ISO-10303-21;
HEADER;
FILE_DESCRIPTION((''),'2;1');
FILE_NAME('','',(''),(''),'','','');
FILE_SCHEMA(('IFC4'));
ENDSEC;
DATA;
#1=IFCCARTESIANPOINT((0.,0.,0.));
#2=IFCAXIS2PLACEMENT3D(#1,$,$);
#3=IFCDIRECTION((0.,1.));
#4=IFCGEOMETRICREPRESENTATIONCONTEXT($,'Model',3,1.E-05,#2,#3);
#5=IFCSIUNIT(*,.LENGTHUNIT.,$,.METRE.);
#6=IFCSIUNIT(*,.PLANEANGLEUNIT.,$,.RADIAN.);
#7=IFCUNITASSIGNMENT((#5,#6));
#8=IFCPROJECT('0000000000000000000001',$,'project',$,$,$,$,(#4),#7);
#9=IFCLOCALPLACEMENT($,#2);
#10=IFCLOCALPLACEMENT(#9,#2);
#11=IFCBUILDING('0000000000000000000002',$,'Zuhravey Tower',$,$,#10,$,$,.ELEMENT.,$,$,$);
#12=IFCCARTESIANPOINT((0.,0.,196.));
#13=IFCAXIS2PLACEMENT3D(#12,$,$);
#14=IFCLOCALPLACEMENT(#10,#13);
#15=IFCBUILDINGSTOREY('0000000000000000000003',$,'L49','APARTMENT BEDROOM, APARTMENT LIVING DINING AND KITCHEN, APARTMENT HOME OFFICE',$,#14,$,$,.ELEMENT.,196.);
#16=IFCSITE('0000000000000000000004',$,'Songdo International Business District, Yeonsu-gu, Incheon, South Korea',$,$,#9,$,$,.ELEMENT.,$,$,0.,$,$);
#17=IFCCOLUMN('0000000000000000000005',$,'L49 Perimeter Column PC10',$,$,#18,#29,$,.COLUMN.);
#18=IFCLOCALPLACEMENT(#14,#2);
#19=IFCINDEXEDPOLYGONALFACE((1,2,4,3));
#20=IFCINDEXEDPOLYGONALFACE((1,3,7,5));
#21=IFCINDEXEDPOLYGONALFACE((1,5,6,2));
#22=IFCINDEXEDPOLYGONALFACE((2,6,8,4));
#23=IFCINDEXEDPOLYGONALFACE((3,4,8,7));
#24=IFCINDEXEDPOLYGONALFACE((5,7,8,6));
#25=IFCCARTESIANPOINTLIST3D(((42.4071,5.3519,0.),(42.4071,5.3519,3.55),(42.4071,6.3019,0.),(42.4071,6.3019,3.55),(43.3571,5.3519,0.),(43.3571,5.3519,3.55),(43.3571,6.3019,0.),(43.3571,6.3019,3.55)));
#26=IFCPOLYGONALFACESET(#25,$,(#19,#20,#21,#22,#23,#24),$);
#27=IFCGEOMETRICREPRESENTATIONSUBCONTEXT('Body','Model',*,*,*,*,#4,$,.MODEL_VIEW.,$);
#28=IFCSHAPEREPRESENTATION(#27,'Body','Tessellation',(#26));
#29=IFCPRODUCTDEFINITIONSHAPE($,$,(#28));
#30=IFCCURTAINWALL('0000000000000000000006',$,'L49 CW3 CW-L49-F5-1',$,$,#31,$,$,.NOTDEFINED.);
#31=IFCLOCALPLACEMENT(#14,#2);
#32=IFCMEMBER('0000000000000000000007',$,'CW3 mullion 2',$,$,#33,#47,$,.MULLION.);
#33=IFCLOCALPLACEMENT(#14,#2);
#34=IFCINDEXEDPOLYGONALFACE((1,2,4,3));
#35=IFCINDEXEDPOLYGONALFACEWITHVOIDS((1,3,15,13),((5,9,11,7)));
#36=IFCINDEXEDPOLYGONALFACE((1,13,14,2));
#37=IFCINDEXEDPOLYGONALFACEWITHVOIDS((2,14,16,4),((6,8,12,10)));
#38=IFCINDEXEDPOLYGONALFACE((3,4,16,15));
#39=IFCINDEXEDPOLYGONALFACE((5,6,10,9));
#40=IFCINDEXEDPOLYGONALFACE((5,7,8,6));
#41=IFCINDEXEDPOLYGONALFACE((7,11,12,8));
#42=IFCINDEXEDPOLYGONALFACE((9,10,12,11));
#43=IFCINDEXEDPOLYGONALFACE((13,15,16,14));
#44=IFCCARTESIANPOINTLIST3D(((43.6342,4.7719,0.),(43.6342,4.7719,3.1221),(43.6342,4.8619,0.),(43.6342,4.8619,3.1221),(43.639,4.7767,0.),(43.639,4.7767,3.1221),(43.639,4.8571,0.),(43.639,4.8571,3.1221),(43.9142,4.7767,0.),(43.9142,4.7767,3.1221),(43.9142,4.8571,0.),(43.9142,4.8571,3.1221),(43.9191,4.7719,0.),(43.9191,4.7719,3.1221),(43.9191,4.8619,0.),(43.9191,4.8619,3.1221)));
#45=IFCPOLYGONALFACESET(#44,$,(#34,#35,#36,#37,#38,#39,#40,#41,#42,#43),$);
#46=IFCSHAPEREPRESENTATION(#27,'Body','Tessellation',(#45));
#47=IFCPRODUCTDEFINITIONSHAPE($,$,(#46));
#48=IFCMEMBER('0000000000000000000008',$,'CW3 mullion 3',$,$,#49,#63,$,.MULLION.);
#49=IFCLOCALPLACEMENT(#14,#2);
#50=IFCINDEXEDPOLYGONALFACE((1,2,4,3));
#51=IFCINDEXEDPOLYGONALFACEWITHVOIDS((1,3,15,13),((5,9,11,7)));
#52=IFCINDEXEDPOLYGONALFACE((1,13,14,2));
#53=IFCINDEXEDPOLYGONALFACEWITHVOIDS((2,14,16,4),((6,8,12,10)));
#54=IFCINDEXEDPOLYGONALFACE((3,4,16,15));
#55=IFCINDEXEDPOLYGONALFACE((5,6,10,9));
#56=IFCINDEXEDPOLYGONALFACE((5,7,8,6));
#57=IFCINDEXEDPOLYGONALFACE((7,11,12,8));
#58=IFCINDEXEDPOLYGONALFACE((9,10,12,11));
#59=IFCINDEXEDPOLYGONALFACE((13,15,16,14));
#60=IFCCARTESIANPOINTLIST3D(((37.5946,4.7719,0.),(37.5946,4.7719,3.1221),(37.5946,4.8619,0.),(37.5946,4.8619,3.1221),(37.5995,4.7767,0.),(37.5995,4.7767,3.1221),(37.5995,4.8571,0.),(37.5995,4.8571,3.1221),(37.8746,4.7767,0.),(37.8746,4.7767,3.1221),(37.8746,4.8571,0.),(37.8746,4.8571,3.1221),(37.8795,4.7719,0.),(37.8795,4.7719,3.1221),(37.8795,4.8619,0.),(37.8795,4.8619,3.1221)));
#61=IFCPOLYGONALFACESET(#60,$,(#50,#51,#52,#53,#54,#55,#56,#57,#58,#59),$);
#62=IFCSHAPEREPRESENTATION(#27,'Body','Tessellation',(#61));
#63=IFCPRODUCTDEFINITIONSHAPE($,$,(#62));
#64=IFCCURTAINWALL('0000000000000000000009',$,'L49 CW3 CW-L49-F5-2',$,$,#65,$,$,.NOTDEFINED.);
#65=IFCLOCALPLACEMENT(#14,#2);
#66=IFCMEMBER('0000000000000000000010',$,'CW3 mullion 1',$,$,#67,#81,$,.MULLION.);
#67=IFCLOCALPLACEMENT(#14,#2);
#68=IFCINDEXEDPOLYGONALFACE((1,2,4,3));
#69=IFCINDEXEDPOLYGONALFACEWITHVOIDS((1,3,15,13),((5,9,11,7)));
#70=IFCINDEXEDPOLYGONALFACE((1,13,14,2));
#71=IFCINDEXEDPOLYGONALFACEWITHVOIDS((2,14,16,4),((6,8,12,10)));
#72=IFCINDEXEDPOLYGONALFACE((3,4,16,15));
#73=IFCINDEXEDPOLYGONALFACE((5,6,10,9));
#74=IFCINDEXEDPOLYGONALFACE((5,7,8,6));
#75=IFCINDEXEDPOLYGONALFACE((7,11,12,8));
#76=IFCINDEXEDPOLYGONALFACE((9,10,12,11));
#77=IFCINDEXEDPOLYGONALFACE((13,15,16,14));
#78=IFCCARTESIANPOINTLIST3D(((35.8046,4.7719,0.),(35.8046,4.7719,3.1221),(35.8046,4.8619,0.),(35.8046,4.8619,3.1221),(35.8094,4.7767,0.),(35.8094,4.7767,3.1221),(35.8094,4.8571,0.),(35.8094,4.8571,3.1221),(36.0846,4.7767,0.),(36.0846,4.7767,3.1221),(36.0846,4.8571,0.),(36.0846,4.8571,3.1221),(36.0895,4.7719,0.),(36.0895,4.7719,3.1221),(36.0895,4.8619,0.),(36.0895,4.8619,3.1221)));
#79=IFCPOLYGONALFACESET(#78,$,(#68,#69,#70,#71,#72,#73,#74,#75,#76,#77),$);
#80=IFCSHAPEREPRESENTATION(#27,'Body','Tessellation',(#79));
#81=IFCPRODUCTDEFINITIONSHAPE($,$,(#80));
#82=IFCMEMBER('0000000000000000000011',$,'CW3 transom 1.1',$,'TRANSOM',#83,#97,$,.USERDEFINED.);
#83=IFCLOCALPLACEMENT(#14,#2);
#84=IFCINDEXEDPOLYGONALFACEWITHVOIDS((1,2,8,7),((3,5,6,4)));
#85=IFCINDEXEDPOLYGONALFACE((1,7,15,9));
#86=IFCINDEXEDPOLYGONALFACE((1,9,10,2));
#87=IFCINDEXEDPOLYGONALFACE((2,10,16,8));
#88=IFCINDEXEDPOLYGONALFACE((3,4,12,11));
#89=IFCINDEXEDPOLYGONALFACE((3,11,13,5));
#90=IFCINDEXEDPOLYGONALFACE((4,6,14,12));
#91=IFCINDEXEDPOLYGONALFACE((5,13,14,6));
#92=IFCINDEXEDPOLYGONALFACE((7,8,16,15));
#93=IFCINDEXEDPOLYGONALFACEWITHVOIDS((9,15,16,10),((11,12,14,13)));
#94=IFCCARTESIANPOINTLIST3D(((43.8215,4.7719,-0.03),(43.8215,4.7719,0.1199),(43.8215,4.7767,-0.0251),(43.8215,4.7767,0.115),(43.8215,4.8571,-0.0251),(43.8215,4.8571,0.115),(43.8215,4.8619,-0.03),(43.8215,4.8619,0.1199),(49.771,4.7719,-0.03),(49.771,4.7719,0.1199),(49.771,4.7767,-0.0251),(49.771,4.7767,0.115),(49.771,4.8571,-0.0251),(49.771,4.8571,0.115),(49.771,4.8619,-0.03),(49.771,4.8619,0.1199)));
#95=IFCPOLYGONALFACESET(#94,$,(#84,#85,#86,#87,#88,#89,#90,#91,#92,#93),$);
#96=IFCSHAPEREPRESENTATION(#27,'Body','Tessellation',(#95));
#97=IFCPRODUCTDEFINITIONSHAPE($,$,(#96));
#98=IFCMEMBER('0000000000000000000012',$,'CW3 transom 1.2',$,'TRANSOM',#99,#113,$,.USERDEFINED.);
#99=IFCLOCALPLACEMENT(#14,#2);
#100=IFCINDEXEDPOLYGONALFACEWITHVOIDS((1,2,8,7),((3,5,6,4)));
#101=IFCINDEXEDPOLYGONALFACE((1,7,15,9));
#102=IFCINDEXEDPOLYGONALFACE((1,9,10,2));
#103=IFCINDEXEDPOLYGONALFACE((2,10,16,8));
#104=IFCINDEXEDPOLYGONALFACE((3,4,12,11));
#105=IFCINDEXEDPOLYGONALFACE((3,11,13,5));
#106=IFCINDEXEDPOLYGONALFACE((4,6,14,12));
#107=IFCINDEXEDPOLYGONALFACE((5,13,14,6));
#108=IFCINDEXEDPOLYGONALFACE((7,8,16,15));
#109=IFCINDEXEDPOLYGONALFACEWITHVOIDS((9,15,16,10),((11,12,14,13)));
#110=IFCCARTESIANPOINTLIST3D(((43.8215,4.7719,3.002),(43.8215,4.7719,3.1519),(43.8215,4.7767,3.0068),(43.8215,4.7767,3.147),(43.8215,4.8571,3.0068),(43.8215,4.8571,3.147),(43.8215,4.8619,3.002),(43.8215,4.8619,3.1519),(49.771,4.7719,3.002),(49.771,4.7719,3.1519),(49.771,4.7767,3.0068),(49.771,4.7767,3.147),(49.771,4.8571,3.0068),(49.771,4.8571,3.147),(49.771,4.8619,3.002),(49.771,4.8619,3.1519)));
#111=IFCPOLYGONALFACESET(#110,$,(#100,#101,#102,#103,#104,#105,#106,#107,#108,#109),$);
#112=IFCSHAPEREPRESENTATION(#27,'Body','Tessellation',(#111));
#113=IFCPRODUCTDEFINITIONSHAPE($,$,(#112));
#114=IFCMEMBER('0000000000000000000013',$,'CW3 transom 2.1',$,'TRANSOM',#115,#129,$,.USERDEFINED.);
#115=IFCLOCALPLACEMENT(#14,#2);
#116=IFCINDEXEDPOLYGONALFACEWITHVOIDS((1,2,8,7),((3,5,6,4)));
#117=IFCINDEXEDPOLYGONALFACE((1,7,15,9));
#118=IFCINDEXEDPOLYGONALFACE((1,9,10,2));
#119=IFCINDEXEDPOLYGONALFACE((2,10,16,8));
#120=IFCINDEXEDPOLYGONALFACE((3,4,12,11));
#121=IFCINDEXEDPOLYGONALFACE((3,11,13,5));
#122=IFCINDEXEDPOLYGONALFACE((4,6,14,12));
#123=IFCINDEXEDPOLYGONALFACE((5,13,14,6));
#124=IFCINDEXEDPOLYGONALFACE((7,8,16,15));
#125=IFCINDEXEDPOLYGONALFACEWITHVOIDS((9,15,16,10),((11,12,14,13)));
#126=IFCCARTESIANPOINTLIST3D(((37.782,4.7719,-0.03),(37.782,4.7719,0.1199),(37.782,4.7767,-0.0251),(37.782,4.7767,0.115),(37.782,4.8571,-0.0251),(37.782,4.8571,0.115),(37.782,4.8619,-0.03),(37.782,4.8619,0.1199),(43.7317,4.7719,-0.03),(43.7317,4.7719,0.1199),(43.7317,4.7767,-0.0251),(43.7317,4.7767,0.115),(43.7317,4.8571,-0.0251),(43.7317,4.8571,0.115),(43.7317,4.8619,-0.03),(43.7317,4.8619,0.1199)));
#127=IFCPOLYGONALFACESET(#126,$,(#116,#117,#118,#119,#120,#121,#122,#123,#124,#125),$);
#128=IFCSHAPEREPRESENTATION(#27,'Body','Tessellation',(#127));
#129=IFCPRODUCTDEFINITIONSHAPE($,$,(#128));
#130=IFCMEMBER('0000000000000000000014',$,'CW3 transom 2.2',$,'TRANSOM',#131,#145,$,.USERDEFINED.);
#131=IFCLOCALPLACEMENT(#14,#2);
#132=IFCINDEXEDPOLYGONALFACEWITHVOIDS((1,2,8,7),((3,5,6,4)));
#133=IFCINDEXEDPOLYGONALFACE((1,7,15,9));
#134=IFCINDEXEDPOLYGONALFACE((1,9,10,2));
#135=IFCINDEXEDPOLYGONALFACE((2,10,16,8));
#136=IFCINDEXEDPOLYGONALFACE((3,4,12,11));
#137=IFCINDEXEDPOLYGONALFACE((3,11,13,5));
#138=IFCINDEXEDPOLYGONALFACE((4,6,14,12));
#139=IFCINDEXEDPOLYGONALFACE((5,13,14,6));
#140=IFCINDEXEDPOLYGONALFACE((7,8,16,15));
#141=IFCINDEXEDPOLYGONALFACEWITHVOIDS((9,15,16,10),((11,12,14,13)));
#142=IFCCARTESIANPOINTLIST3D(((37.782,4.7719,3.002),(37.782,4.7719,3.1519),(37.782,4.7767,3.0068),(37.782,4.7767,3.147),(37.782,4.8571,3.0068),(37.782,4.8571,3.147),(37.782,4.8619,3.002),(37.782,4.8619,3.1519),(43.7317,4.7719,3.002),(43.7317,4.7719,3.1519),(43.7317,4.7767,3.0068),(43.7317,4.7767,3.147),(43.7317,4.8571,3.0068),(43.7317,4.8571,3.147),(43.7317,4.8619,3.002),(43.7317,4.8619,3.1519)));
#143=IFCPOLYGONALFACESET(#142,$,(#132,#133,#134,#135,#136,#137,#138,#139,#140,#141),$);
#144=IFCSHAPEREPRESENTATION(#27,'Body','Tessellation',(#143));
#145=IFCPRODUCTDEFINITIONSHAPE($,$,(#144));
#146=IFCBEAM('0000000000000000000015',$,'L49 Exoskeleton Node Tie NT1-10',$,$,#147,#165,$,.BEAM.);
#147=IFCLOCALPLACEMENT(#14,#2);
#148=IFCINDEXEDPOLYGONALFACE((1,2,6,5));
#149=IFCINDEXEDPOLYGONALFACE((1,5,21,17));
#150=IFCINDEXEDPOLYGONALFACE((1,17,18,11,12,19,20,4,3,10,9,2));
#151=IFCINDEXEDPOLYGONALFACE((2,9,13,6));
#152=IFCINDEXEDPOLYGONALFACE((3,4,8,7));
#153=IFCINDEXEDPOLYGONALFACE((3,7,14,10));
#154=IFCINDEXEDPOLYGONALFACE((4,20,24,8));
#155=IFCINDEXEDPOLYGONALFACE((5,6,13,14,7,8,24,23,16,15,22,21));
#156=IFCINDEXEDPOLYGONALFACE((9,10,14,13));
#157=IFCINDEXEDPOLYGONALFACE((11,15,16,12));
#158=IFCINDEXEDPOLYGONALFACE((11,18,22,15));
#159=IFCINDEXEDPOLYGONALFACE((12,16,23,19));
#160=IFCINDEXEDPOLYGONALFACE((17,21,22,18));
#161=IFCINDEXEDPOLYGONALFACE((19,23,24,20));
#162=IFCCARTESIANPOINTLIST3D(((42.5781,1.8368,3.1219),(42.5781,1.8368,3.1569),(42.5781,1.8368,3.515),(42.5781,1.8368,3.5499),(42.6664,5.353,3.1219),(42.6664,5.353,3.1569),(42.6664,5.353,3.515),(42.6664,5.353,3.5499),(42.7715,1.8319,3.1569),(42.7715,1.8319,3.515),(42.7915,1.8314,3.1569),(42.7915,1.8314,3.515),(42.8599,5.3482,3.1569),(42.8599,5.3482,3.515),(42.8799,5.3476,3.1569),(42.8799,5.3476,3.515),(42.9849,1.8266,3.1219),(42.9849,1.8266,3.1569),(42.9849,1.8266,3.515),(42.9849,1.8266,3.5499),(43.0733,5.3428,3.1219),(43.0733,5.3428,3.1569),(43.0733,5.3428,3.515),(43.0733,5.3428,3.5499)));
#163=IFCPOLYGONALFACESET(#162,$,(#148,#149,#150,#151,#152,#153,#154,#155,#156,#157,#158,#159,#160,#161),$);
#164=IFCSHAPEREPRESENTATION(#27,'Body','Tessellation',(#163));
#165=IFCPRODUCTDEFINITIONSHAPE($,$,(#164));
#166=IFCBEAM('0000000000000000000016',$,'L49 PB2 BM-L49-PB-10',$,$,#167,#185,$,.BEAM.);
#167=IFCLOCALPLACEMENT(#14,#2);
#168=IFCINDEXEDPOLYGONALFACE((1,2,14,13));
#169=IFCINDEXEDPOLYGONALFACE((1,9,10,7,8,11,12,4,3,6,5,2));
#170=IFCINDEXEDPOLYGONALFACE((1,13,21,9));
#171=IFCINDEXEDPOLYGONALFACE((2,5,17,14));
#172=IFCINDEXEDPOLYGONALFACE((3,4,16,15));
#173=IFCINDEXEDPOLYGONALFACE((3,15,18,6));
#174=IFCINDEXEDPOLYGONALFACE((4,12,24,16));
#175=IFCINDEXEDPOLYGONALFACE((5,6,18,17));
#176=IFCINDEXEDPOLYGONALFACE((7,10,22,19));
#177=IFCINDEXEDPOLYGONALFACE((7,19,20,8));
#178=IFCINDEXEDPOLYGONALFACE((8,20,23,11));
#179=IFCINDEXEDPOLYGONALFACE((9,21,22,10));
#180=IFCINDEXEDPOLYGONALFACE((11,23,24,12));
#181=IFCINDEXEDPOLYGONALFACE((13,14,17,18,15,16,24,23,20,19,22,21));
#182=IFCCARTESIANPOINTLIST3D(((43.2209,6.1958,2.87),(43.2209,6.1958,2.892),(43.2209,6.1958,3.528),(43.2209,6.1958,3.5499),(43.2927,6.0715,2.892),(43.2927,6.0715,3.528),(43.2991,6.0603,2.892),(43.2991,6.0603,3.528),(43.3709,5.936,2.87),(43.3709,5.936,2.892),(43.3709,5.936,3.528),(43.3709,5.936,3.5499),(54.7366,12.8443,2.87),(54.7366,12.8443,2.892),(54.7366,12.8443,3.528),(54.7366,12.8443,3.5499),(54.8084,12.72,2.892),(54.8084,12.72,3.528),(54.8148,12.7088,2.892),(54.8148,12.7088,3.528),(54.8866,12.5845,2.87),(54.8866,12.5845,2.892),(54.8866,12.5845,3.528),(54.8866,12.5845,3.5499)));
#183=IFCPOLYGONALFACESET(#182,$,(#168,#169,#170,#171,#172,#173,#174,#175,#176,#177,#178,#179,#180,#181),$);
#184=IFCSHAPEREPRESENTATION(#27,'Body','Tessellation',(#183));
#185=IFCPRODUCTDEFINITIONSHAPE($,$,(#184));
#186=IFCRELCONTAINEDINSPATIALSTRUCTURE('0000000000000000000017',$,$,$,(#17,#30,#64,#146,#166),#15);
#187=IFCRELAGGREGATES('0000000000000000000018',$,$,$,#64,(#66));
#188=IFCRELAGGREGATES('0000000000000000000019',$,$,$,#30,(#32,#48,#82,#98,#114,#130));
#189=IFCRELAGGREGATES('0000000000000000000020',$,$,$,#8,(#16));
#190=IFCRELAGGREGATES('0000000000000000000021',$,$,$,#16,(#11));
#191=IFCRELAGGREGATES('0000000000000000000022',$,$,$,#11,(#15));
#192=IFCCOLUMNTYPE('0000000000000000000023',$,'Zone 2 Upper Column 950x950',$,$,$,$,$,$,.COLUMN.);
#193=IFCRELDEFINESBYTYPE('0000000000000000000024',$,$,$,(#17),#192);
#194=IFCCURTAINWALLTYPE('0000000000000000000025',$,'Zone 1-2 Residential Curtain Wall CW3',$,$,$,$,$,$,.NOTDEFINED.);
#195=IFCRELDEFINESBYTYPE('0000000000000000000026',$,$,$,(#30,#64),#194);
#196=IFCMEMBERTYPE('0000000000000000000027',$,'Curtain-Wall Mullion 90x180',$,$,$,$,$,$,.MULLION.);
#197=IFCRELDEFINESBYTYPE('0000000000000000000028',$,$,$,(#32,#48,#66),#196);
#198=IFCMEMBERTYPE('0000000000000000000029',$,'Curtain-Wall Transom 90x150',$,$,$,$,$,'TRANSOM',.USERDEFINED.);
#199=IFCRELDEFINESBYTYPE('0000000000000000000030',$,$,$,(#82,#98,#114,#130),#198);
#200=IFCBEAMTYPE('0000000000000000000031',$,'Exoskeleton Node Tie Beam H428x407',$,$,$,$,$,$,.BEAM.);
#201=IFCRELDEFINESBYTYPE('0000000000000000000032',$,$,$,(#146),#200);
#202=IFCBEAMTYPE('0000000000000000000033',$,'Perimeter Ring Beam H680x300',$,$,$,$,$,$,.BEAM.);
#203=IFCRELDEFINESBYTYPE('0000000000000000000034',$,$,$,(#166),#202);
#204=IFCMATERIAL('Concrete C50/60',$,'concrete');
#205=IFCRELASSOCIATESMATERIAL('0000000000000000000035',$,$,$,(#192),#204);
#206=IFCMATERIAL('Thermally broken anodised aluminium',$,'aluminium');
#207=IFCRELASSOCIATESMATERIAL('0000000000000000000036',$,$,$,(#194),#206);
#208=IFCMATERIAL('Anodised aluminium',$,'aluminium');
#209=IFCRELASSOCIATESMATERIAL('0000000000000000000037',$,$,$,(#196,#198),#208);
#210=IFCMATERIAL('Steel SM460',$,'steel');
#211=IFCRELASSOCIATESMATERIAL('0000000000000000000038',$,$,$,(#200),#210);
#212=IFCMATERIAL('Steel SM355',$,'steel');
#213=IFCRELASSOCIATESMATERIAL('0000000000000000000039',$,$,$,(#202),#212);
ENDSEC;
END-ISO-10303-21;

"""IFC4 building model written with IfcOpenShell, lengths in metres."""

from ifc_helpers import new_model, si_unit, direction, frame, origin, origin_2d, place, context, subcontext, project, spatial, rectangle, hollow_rectangle, i_section, extrude, material, material_profile, profile_set, type_object, element, aggregate, save


model = new_model("IFC4")

# Units and contexts
model_context = context("Model", 3, precision=1e-05, world=origin(), true_north=direction((0.0, 1.0)))
body_context = subcontext(model_context, "Body", "Model", "MODEL_VIEW")
ifc_project = project(units=[si_unit("LENGTHUNIT", "METRE"), si_unit("PLANEANGLEUNIT", "RADIAN")], contexts=[model_context])

# Site, building, storey
site_placement = place(None, origin())
site = spatial("IfcSite", under=ifc_project, at=site_placement, Name="Songdo International Business District, Yeonsu-gu, Incheon, South Korea", CompositionType="ELEMENT", RefElevation=0.0)
building_placement = place(site_placement, origin())
building = spatial("IfcBuilding", under=site, at=building_placement, Name="Zuhravey Tower", CompositionType="ELEMENT")
storey_placement = place(building_placement, frame((0.0, 0.0, 196.0)))
storey = spatial("IfcBuildingStorey", under=building, at=storey_placement, Name="L49", Description="APARTMENT BEDROOM, APARTMENT LIVING DINING AND KITCHEN, APARTMENT HOME OFFICE", CompositionType="ELEMENT", Elevation=196.0)

# Column
ifc_material_1 = material(Name="Concrete C50/60", Category="concrete")
ifc_material_profile_1 = material_profile(ifc_material_1, rectangle(XDim=0.95, YDim=0.95, at=origin_2d()), Name="RC-950x950")
ifc_profile_set_1 = profile_set([ifc_material_profile_1], Name="Concrete C50/60")
column_type = type_object("IfcColumnType", Name="Zone 2 Upper Column 950x950", PredefinedType="COLUMN", material=ifc_profile_set_1)
column_placement = place(storey_placement, frame((42.8821, 5.8269, 0.0), z_axis=(0.0, 0.0, 1.0), x_axis=(1.0, 0.0, 0.0)))
element("IfcColumn", 1, at=column_placement, inside=storey, type_object=column_type, Name="L49 Perimeter Column PC10", PredefinedType="COLUMN", context=body_context, shape_type="SweptSolid", body=[
    extrude(rectangle(XDim=0.95, YDim=0.95, at=origin_2d()), origin(), (0.0, 0.0, 1.0), 3.55),
])

# Curtain wall, members
ifc_material_2 = material(Name="Thermally broken anodised aluminium", Category="aluminium")
curtain_wall_type = type_object("IfcCurtainWallType", Name="Zone 1-2 Residential Curtain Wall CW3", PredefinedType="NOTDEFINED", material=ifc_material_2)
curtain_wall_1_placement = place(storey_placement, origin())
curtain_wall_1 = element("IfcCurtainWall", 2, at=curtain_wall_1_placement, inside=storey, type_object=curtain_wall_type, Name="L49 CW3 CW-L49-F5-1", PredefinedType="NOTDEFINED")
ifc_material_3 = material(Name="Anodised aluminium", Category="aluminium")
ifc_material_profile_2 = material_profile(ifc_material_3, hollow_rectangle(XDim=0.0901, YDim=0.2849, WallThickness=0.0049, at=origin_2d()), Name="ALU-RHS-90x285x5")
ifc_profile_set_2 = profile_set([ifc_material_profile_2], Name="Anodised aluminium")
member_type_1 = type_object("IfcMemberType", Name="Curtain-Wall Mullion 90x180", PredefinedType="MULLION", material=ifc_profile_set_2)
member_1_placement = place(storey_placement, frame((43.7766, 4.8169, 0.0), z_axis=(0.0, 0.0, 1.0), x_axis=(0.0, -1.0, 0.0)))
member_1 = element("IfcMember", 3, at=member_1_placement, type_object=member_type_1, Name="CW3 mullion 2", PredefinedType="MULLION", context=body_context, shape_type="SweptSolid", body=[
    extrude(hollow_rectangle(XDim=0.0901, YDim=0.2849, WallThickness=0.0049, at=origin_2d()), origin(), (0.0, 0.0, 1.0), 3.1221),
])
member_2_placement = place(storey_placement, frame((37.7371, 4.8169, 0.0), z_axis=(0.0, 0.0, 1.0), x_axis=(0.0, -1.0, 0.0)))
member_2 = element("IfcMember", 4, at=member_2_placement, type_object=member_type_1, Name="CW3 mullion 3", PredefinedType="MULLION", context=body_context, shape_type="SweptSolid", body=[
    extrude(hollow_rectangle(XDim=0.0901, YDim=0.2849, WallThickness=0.0049, at=origin_2d()), origin(), (0.0, 0.0, 1.0), 3.1221),
])

# Curtain wall, member
curtain_wall_2_placement = place(storey_placement, origin())
curtain_wall_2 = element("IfcCurtainWall", 5, at=curtain_wall_2_placement, inside=storey, type_object=curtain_wall_type, Name="L49 CW3 CW-L49-F5-2", PredefinedType="NOTDEFINED")
member_3_placement = place(storey_placement, frame((35.947, 4.8169, 0.0), z_axis=(0.0, 0.0, 1.0), x_axis=(0.0, -1.0, 0.0)))
member_3 = element("IfcMember", 6, at=member_3_placement, type_object=member_type_1, Name="CW3 mullion 1", PredefinedType="MULLION", context=body_context, shape_type="SweptSolid", body=[
    extrude(hollow_rectangle(XDim=0.0901, YDim=0.2849, WallThickness=0.0049, at=origin_2d()), origin(), (0.0, 0.0, 1.0), 3.1221),
])
aggregate(curtain_wall_2, [member_3])

# Members
ifc_material_profile_3 = material_profile(ifc_material_3, hollow_rectangle(XDim=0.0901, YDim=0.1499, WallThickness=0.0049, at=origin_2d()), Name="ALU-RHS-90x150x5")
ifc_profile_set_3 = profile_set([ifc_material_profile_3], Name="Anodised aluminium")
member_type_2 = type_object("IfcMemberType", Name="Curtain-Wall Transom 90x150", ElementType="TRANSOM", PredefinedType="USERDEFINED", material=ifc_profile_set_3)
member_4_placement = place(storey_placement, frame((49.771, 4.8169, 0.0449), z_axis=(-1.0, 0.0, 0.0), x_axis=(0.0, -1.0, 0.0)))
member_4 = element("IfcMember", 7, at=member_4_placement, type_object=member_type_2, Name="CW3 transom 1.1", ObjectType="TRANSOM", PredefinedType="USERDEFINED", context=body_context, shape_type="SweptSolid", body=[
    extrude(hollow_rectangle(XDim=0.0901, YDim=0.1499, WallThickness=0.0049, at=origin_2d()), origin(), (0.0, 0.0, 1.0), 5.9495),
])
member_5_placement = place(storey_placement, frame((49.771, 4.8169, 3.0769), z_axis=(-1.0, 0.0, 0.0), x_axis=(0.0, -1.0, 0.0)))
member_5 = element("IfcMember", 8, at=member_5_placement, type_object=member_type_2, Name="CW3 transom 1.2", ObjectType="TRANSOM", PredefinedType="USERDEFINED", context=body_context, shape_type="SweptSolid", body=[
    extrude(hollow_rectangle(XDim=0.0901, YDim=0.1499, WallThickness=0.0049, at=origin_2d()), origin(), (0.0, 0.0, 1.0), 5.9495),
])
member_6_placement = place(storey_placement, frame((43.7317, 4.8169, 0.0449), z_axis=(-1.0, 0.0, 0.0), x_axis=(0.0, -1.0, 0.0)))
member_6 = element("IfcMember", 9, at=member_6_placement, type_object=member_type_2, Name="CW3 transom 2.1", ObjectType="TRANSOM", PredefinedType="USERDEFINED", context=body_context, shape_type="SweptSolid", body=[
    extrude(hollow_rectangle(XDim=0.0901, YDim=0.1499, WallThickness=0.0049, at=origin_2d()), origin(), (0.0, 0.0, 1.0), 5.9497),
])
member_7_placement = place(storey_placement, frame((43.7317, 4.8169, 3.0769), z_axis=(-1.0, 0.0, 0.0), x_axis=(0.0, -1.0, 0.0)))
member_7 = element("IfcMember", 10, at=member_7_placement, type_object=member_type_2, Name="CW3 transom 2.2", ObjectType="TRANSOM", PredefinedType="USERDEFINED", context=body_context, shape_type="SweptSolid", body=[
    extrude(hollow_rectangle(XDim=0.0901, YDim=0.1499, WallThickness=0.0049, at=origin_2d()), origin(), (0.0, 0.0, 1.0), 5.9497),
])

# Beams
ifc_material_4 = material(Name="Steel SM460", Category="steel")
ifc_material_profile_4 = material_profile(ifc_material_4, i_section(OverallWidth=0.407, OverallDepth=0.428, WebThickness=0.02, FlangeThickness=0.0349, at=origin_2d()), Name="H-428x407x20x35")
ifc_profile_set_4 = profile_set([ifc_material_profile_4], Name="Steel SM460")
beam_type_1 = type_object("IfcBeamType", Name="Exoskeleton Node Tie Beam H428x407", PredefinedType="BEAM", material=ifc_profile_set_4)
beam_1_placement = place(storey_placement, frame((42.8699, 5.3479, 3.3359), z_axis=(-0.025127, -0.999684, 0.0), x_axis=(0.999684, -0.025127, 0.0)))
element("IfcBeam", 11, at=beam_1_placement, inside=storey, type_object=beam_type_1, Name="L49 Exoskeleton Node Tie NT1-10", PredefinedType="BEAM", context=body_context, shape_type="SweptSolid", body=[
    extrude(i_section(OverallWidth=0.407, OverallDepth=0.428, WebThickness=0.02, FlangeThickness=0.0349, at=origin_2d()), origin(), (0.0, 0.0, 1.0), 3.5173),
])
ifc_material_5 = material(Name="Steel SM355", Category="steel")
ifc_material_profile_5 = material_profile(ifc_material_5, i_section(OverallWidth=0.3, OverallDepth=0.6799, WebThickness=0.0129, FlangeThickness=0.022, at=origin_2d()), Name="H-680x300x13x22")
ifc_profile_set_5 = profile_set([ifc_material_profile_5], Name="Steel SM355")
beam_type_2 = type_object("IfcBeamType", Name="Perimeter Ring Beam H680x300", PredefinedType="BEAM", material=ifc_profile_set_5)
beam_2_placement = place(storey_placement, frame((43.2959, 6.0659, 3.21), z_axis=(0.866029, 0.499994, 0.0), x_axis=(-0.499994, 0.866029, 0.0)))
element("IfcBeam", 12, at=beam_2_placement, inside=storey, type_object=beam_type_2, Name="L49 PB2 BM-L49-PB-10", PredefinedType="BEAM", context=body_context, shape_type="SweptSolid", body=[
    extrude(i_section(OverallWidth=0.3, OverallDepth=0.6799, WebThickness=0.0129, FlangeThickness=0.022, at=origin_2d()), origin(), (0.0, 0.0, 1.0), 13.2971),
])

aggregate(curtain_wall_1, [member_1, member_2, member_4, member_5, member_6, member_7])

save(model, "model.ifc")
